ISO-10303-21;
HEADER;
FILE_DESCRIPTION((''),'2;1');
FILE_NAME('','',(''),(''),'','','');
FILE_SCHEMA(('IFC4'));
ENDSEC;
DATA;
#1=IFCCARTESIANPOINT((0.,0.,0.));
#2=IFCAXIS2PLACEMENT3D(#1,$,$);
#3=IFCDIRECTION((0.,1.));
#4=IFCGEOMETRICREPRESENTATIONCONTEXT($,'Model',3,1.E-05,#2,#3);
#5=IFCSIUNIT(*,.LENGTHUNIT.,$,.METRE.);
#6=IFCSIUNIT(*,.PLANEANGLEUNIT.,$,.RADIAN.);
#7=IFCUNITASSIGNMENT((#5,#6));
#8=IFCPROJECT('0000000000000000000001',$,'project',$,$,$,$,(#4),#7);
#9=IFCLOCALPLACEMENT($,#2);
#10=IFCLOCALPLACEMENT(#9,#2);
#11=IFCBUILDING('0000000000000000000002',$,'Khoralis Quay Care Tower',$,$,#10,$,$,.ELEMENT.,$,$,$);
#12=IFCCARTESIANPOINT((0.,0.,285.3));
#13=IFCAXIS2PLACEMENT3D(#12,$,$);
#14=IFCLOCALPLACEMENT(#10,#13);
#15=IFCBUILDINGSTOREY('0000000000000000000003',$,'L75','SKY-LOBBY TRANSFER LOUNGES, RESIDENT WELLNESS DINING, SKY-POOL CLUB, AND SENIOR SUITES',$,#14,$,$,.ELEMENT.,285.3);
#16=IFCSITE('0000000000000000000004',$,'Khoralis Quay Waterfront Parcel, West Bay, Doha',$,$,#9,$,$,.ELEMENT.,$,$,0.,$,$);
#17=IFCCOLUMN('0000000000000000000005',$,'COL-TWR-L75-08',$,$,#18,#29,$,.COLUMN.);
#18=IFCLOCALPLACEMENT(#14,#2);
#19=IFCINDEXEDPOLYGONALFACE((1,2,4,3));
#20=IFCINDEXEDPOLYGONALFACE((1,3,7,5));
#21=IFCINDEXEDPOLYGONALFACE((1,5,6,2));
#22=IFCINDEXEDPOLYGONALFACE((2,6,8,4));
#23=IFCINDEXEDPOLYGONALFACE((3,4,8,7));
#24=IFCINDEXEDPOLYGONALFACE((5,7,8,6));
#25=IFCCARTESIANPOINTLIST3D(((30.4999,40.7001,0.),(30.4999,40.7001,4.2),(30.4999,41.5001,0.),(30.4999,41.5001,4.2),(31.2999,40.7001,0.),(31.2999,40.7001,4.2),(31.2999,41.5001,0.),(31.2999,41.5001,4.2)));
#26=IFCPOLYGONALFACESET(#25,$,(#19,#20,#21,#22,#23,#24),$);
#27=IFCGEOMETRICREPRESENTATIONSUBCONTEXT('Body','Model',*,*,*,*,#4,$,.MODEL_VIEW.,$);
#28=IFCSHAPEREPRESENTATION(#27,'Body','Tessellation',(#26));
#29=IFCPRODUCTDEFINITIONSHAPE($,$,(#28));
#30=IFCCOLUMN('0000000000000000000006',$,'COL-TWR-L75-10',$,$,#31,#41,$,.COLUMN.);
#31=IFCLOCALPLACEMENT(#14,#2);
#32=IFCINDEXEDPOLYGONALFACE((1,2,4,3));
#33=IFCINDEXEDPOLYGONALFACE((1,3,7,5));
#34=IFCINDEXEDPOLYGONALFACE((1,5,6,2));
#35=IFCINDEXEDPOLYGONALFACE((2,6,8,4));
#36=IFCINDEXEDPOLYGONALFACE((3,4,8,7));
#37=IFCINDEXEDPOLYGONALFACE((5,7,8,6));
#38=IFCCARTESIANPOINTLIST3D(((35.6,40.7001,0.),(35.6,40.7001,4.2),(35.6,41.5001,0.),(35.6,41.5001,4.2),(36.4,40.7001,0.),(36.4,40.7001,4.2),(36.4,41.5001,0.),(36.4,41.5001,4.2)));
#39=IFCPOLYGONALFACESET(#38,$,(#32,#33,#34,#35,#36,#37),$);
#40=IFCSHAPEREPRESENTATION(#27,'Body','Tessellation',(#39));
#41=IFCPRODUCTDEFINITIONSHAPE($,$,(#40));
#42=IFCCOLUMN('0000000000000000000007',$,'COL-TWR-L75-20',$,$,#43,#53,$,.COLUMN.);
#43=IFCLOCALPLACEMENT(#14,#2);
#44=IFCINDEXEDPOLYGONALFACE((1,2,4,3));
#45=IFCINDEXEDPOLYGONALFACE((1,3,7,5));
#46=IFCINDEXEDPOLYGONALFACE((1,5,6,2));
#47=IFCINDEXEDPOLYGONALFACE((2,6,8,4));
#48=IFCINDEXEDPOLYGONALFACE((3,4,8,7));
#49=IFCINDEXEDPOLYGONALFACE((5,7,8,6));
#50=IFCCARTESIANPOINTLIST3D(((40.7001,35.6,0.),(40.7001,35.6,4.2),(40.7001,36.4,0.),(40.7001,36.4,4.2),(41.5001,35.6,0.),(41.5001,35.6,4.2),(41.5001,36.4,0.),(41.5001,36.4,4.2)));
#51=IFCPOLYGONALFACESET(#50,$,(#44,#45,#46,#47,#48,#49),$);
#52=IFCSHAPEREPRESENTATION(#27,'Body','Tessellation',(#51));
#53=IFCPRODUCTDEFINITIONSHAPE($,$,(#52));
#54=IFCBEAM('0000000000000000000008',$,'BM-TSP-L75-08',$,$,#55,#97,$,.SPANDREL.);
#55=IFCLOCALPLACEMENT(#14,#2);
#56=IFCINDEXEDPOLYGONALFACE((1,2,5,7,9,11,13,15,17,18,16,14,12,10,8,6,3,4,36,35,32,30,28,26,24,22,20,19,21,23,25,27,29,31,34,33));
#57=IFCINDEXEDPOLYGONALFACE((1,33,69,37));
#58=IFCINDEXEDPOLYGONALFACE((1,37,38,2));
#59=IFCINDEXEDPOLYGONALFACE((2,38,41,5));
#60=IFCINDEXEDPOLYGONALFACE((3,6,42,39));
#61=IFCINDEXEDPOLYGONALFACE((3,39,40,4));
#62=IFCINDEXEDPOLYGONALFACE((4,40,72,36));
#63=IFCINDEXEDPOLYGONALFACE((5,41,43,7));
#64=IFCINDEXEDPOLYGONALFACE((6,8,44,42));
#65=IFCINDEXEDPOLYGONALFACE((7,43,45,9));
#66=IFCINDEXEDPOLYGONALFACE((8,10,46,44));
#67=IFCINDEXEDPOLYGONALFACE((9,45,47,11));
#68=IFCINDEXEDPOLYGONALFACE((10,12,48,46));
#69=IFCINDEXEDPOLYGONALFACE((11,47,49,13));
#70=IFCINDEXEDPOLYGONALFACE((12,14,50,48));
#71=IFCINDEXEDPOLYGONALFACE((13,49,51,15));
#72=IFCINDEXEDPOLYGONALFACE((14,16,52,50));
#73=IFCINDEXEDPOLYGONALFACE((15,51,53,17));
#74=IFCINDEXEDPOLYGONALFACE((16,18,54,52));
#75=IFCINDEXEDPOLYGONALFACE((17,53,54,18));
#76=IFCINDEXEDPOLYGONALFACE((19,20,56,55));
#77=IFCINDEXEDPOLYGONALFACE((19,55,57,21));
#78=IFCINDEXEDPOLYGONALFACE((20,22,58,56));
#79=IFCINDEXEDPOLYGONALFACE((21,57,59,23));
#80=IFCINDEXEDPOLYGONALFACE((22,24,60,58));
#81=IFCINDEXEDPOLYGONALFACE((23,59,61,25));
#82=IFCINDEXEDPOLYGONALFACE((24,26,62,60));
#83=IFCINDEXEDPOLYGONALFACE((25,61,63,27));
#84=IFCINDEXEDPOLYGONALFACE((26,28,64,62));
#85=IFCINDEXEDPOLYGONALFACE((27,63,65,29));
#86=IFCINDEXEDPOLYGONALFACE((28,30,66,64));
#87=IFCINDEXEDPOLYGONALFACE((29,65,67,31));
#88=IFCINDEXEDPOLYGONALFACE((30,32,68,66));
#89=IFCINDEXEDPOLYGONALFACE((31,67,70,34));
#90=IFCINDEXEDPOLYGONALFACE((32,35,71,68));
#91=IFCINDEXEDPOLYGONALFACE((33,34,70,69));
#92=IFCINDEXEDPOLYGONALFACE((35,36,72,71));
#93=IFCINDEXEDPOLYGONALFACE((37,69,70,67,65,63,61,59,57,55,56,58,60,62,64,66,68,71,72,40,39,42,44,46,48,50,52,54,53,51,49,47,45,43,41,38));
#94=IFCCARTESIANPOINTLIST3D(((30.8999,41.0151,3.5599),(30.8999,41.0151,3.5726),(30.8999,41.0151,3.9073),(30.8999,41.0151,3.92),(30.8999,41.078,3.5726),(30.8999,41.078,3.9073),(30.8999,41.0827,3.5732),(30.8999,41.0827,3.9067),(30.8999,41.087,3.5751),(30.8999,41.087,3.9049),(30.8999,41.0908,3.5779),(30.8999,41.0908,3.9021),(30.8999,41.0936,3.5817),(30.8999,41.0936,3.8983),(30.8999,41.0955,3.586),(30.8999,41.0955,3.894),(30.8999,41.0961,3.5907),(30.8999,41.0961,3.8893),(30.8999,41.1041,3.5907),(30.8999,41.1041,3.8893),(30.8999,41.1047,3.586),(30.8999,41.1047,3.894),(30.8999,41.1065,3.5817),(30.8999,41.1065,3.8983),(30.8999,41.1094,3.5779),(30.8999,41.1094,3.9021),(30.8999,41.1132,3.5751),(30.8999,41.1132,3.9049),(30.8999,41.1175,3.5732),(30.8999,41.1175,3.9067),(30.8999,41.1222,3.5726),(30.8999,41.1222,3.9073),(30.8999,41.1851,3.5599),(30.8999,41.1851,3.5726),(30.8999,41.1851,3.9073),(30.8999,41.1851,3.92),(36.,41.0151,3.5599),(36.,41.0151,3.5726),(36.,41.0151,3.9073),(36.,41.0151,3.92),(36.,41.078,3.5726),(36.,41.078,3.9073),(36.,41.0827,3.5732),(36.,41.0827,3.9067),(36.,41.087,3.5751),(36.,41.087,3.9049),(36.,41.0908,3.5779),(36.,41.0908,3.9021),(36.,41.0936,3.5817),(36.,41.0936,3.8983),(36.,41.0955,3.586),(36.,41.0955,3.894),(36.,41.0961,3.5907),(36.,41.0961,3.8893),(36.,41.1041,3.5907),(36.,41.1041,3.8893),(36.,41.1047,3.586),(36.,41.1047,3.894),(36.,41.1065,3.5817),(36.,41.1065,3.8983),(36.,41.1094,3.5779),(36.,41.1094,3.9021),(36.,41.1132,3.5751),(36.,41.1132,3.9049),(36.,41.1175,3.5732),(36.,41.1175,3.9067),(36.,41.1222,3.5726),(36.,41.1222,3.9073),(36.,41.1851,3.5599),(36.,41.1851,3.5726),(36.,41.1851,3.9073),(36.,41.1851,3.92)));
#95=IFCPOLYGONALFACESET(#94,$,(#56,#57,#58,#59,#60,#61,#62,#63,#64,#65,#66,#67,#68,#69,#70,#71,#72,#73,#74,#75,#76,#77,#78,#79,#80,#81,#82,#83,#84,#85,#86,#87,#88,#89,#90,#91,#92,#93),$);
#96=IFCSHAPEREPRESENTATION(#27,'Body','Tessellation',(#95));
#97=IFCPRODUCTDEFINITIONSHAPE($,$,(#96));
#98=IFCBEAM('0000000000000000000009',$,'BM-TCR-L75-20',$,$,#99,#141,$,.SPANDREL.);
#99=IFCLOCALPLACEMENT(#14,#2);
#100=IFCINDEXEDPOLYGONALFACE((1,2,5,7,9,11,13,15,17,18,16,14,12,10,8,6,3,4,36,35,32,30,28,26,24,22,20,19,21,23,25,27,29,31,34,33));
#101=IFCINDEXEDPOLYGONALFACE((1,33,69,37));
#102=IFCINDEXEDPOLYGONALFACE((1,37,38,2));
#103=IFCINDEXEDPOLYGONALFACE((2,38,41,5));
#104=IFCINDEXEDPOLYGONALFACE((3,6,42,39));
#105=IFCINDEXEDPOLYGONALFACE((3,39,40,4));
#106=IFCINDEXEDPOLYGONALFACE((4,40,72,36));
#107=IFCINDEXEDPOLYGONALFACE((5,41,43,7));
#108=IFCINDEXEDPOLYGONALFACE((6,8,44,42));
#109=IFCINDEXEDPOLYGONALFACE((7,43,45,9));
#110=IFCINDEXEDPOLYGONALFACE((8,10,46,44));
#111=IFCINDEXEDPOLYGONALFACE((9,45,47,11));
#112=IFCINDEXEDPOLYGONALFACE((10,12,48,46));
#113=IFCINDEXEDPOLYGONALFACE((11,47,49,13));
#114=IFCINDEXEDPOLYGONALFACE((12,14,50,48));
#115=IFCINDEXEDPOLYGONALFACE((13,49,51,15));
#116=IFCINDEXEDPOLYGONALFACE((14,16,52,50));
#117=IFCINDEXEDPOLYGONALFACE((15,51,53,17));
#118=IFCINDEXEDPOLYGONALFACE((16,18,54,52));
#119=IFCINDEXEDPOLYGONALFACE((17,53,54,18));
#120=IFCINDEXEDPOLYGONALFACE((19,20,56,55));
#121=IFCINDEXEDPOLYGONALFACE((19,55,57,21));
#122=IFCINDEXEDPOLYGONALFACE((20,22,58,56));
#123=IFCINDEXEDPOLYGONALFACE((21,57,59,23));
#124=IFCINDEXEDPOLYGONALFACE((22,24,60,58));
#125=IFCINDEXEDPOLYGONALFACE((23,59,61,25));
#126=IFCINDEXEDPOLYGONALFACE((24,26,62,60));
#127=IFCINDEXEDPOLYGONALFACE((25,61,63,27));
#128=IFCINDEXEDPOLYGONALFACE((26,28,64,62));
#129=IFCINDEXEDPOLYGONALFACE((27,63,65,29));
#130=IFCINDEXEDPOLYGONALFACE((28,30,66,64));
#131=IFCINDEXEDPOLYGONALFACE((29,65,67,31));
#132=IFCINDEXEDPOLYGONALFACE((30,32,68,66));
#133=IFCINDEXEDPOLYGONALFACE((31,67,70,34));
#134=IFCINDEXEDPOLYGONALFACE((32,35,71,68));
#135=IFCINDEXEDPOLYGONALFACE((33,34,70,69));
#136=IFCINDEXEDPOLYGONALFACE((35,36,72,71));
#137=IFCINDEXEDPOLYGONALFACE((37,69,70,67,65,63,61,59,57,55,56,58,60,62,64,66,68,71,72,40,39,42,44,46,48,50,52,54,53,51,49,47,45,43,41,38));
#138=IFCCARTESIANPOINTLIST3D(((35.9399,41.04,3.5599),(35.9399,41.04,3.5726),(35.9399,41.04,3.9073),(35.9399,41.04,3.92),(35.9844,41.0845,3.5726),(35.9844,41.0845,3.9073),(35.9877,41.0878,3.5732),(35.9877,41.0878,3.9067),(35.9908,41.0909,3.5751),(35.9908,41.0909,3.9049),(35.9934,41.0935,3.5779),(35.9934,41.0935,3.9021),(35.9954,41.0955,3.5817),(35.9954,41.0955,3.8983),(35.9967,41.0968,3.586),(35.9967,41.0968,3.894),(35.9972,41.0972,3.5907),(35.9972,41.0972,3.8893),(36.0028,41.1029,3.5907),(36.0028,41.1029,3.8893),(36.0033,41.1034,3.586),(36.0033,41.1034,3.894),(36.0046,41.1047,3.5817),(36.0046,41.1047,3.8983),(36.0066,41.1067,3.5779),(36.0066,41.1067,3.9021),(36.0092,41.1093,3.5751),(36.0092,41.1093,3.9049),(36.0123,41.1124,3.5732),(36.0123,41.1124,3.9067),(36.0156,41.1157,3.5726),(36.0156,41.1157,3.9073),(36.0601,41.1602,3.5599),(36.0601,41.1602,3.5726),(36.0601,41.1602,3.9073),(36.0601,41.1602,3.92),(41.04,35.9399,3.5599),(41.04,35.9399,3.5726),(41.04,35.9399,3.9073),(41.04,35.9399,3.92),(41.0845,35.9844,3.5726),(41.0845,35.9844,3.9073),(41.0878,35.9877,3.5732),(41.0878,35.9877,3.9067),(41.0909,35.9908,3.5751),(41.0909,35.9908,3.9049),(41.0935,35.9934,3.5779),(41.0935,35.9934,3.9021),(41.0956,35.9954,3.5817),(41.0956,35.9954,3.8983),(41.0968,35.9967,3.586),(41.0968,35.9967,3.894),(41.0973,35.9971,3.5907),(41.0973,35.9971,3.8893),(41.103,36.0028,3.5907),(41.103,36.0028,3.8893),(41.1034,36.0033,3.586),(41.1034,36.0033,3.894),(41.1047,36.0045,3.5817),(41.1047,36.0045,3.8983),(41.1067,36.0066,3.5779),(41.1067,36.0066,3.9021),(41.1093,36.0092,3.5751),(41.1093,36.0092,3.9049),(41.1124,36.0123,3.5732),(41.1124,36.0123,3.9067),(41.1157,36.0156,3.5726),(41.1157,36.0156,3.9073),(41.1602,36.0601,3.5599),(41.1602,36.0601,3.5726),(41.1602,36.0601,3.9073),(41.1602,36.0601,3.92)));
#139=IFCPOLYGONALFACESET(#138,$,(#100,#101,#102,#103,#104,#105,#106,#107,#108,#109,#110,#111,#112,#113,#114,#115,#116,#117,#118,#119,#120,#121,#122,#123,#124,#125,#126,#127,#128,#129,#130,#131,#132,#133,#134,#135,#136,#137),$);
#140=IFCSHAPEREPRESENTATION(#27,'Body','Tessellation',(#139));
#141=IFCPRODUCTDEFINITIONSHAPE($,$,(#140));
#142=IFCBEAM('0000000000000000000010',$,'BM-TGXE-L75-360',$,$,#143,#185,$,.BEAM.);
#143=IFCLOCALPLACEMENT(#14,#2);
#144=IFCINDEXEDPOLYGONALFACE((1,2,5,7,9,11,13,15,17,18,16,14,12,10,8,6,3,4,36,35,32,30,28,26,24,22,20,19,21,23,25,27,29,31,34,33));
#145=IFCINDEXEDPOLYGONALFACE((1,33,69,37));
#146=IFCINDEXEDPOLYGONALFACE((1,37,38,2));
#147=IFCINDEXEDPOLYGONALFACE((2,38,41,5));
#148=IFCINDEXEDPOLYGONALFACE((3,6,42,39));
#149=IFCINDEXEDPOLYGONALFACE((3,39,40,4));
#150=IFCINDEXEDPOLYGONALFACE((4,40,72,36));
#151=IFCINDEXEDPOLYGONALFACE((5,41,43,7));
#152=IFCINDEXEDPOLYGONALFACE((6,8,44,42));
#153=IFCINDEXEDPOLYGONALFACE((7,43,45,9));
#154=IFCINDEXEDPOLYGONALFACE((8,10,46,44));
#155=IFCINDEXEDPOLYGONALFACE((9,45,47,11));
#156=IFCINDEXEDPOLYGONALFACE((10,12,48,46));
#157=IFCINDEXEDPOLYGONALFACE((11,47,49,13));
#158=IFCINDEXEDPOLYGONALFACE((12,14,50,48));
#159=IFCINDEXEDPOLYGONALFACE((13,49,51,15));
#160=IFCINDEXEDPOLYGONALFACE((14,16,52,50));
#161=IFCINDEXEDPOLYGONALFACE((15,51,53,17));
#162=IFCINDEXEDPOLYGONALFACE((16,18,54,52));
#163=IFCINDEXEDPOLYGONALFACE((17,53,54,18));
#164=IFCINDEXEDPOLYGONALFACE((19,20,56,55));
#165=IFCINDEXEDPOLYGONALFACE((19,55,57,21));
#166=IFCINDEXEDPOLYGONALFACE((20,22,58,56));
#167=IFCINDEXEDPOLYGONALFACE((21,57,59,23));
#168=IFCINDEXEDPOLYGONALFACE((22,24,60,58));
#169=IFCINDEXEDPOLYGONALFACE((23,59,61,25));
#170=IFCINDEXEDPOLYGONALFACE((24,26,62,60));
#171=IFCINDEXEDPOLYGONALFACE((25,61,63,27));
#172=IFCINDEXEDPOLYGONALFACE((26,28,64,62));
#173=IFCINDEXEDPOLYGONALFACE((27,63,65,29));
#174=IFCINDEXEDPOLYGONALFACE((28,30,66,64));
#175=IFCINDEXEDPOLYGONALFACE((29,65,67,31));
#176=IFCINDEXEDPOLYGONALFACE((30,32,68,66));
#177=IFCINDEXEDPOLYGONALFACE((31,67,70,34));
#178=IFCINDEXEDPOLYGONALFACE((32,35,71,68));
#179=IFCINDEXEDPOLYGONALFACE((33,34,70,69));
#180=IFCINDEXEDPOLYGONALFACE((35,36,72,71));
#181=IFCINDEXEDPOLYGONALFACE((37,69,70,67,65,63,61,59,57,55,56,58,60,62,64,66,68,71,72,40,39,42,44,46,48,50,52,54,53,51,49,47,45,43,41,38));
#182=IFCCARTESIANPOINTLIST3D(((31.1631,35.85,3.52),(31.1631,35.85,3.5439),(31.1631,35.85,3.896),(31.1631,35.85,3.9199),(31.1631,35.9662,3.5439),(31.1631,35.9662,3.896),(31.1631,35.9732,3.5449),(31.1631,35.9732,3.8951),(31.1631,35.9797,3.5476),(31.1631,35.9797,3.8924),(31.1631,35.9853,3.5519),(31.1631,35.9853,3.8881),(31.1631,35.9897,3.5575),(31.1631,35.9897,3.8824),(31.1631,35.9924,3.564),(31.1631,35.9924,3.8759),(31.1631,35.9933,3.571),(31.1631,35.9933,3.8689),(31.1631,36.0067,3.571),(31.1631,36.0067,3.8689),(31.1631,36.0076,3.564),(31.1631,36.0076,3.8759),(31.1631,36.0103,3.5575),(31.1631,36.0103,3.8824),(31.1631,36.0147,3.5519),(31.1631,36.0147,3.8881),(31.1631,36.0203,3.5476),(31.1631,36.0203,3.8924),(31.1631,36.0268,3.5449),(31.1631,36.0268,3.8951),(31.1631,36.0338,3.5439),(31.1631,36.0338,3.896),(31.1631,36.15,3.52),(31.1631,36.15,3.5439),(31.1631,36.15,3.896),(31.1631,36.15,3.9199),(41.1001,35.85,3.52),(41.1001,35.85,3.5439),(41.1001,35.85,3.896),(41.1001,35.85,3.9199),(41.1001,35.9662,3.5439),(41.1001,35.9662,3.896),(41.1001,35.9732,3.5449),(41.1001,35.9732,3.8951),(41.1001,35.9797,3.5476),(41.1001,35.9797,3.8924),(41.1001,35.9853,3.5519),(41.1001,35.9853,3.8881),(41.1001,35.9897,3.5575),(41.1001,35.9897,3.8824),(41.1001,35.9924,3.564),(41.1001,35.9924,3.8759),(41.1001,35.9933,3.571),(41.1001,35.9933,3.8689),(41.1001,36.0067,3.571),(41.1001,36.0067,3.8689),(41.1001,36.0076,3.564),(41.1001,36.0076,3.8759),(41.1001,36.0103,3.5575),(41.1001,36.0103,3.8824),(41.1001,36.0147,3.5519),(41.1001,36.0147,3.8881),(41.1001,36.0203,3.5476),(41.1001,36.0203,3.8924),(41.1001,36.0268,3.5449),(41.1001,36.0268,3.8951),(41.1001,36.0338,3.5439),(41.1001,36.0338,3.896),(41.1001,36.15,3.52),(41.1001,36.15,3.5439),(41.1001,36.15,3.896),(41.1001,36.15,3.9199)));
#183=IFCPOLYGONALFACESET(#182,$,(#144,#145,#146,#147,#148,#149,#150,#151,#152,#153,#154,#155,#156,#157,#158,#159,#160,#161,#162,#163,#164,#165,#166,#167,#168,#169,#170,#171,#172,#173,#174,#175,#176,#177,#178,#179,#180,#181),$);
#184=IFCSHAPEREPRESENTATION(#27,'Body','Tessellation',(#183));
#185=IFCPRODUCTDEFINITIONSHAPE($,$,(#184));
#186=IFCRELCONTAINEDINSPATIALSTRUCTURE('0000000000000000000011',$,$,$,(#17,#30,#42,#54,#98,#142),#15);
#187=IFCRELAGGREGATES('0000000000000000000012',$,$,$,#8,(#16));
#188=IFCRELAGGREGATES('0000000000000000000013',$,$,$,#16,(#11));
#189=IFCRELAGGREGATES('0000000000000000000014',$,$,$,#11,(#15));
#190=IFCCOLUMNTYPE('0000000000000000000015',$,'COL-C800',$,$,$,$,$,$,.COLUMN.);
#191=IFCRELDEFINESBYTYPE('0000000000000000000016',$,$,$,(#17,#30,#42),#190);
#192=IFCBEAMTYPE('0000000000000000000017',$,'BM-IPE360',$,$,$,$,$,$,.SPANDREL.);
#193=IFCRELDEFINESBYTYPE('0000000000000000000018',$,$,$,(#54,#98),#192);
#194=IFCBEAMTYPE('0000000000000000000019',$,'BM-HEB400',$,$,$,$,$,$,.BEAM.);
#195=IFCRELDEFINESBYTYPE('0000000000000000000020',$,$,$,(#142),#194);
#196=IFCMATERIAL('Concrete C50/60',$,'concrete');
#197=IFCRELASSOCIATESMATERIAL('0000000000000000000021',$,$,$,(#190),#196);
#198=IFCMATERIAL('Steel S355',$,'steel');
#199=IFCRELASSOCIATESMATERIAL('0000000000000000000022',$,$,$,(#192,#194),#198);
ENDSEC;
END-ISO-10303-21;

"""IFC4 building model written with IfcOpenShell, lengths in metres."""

from ifc_helpers import new_model, si_unit, direction, frame, origin, origin_2d, place, context, subcontext, project, spatial, rectangle, i_section, extrude, source, transform, mapped, material, material_profile, profile_set, type_object, element, save


model = new_model("IFC4")

# Units and contexts
model_context = context("Model", 3, precision=1e-05, world=origin(), true_north=direction((0.0, 1.0)))
body_context = subcontext(model_context, "Body", "Model", "MODEL_VIEW")
ifc_project = project(units=[si_unit("LENGTHUNIT", "METRE"), si_unit("PLANEANGLEUNIT", "RADIAN")], contexts=[model_context])

# Site, building, storey
site_placement = place(None, origin())
site = spatial("IfcSite", under=ifc_project, at=site_placement, Name="Khoralis Quay Waterfront Parcel, West Bay, Doha", CompositionType="ELEMENT", RefElevation=0.0)
building_placement = place(site_placement, origin())
building = spatial("IfcBuilding", under=site, at=building_placement, Name="Khoralis Quay Care Tower", CompositionType="ELEMENT")
storey_placement = place(building_placement, frame((0.0, 0.0, 285.3)))
storey = spatial("IfcBuildingStorey", under=building, at=storey_placement, Name="L75", Description="SKY-LOBBY TRANSFER LOUNGES, RESIDENT WELLNESS DINING, SKY-POOL CLUB, AND SENIOR SUITES", CompositionType="ELEMENT", Elevation=285.3)

# Columns
ifc_material_1 = material(Name="Concrete C50/60", Category="concrete")
ifc_material_profile_1 = material_profile(ifc_material_1, rectangle(XDim=0.8, YDim=0.8, at=origin_2d()), Name="Concrete C50/60")
ifc_profile_set_1 = profile_set([ifc_material_profile_1], Name="Concrete C50/60")
column_type = type_object("IfcColumnType", Name="COL-C800", PredefinedType="COLUMN", material=ifc_profile_set_1)
shared_shape_1 = source(origin(), body_context, "Body", "SweptSolid", [
    extrude(rectangle(XDim=0.8, YDim=0.8, at=origin_2d()), origin(), (0.0, 0.0, 1.0), 4.2),
])
for number, where, z_axis, x_axis, name in (
    (1, (30.8999, 41.1001, 0.0), (0.0, 0.0, 1.0), (1.0, 0.0, 0.0), "COL-TWR-L75-08"),
    (2, (36.0, 41.1001, 0.0), (0.0, 0.0, 1.0), (1.0, 0.0, 0.0), "COL-TWR-L75-10"),
    (3, (41.1001, 36.0, 0.0), (0.0, 0.0, 1.0), (1.0, 0.0, 0.0), "COL-TWR-L75-20"),
):
    element("IfcColumn", number, at=place(storey_placement, frame(where, z_axis=z_axis, x_axis=x_axis)), inside=storey, type_object=column_type, Name=name, PredefinedType="COLUMN", context=body_context, shape_type="MappedRepresentation", body=[
        mapped(shared_shape_1, transform((0.0, 0.0, 0.0), scale=1.0)),
    ])

# Beams
ifc_material_2 = material(Name="Steel S355", Category="steel")
ifc_material_profile_2 = material_profile(ifc_material_2, i_section(OverallWidth=0.1699, OverallDepth=0.3601, WebThickness=0.0081, FlangeThickness=0.0127, FilletRadius=0.0181, at=origin_2d()), Name="Steel S355")
ifc_profile_set_2 = profile_set([ifc_material_profile_2], Name="Steel S355")
beam_type_1 = type_object("IfcBeamType", Name="BM-IPE360", PredefinedType="SPANDREL", material=ifc_profile_set_2)
shared_shape_2 = source(origin(), body_context, "Body", "SweptSolid", [
    extrude(i_section(OverallWidth=0.1699, OverallDepth=0.3601, WebThickness=0.0081, FlangeThickness=0.0127, FilletRadius=0.0181, at=origin_2d()), origin(), (0.0, 0.0, 1.0), 5.1001),
])
beam_1_placement = place(storey_placement, frame((30.8999, 41.1001, 3.74), z_axis=(1.0, 0.0, 0.0), x_axis=(0.0, 1.0, 0.0)))
element("IfcBeam", 4, at=beam_1_placement, inside=storey, type_object=beam_type_1, Name="BM-TSP-L75-08", PredefinedType="SPANDREL", context=body_context, shape_type="MappedRepresentation", body=[
    mapped(shared_shape_2, transform((0.0, 0.0, 0.0), scale=1.0)),
])
shared_shape_3 = source(origin(), body_context, "Body", "SweptSolid", [
    extrude(i_section(OverallWidth=0.1699, OverallDepth=0.3601, WebThickness=0.0081, FlangeThickness=0.0127, FilletRadius=0.0181, at=origin_2d()), origin(), (0.0, 0.0, 1.0), 7.2126),
])
beam_2_placement = place(storey_placement, frame((36.0, 41.1001, 3.74), z_axis=(0.707107, -0.707107, 0.0), x_axis=(0.707107, 0.707107, 0.0)))
element("IfcBeam", 5, at=beam_2_placement, inside=storey, type_object=beam_type_1, Name="BM-TCR-L75-20", PredefinedType="SPANDREL", context=body_context, shape_type="MappedRepresentation", body=[
    mapped(shared_shape_3, transform((0.0, 0.0, 0.0), scale=1.0)),
])
ifc_material_profile_3 = material_profile(ifc_material_2, i_section(OverallWidth=0.3, OverallDepth=0.3999, WebThickness=0.0134, FlangeThickness=0.0239, FilletRadius=0.0271, at=origin_2d()), Name="Steel S355")
ifc_profile_set_3 = profile_set([ifc_material_profile_3], Name="Steel S355")
beam_type_2 = type_object("IfcBeamType", Name="BM-HEB400", PredefinedType="BEAM", material=ifc_profile_set_3)
shared_shape_4 = source(origin(), body_context, "Body", "SweptSolid", [
    extrude(i_section(OverallWidth=0.3, OverallDepth=0.3999, WebThickness=0.0134, FlangeThickness=0.0239, FilletRadius=0.0271, at=origin_2d()), origin(), (0.0, 0.0, 1.0), 9.937),
])
beam_3_placement = place(storey_placement, frame((31.1631, 36.0, 3.72), z_axis=(1.0, 0.0, 0.0), x_axis=(0.0, 1.0, 0.0)))
element("IfcBeam", 6, at=beam_3_placement, inside=storey, type_object=beam_type_2, Name="BM-TGXE-L75-360", PredefinedType="BEAM", context=body_context, shape_type="MappedRepresentation", body=[
    mapped(shared_shape_4, transform((0.0, 0.0, 0.0), scale=1.0)),
])

save(model, "model.ifc")
